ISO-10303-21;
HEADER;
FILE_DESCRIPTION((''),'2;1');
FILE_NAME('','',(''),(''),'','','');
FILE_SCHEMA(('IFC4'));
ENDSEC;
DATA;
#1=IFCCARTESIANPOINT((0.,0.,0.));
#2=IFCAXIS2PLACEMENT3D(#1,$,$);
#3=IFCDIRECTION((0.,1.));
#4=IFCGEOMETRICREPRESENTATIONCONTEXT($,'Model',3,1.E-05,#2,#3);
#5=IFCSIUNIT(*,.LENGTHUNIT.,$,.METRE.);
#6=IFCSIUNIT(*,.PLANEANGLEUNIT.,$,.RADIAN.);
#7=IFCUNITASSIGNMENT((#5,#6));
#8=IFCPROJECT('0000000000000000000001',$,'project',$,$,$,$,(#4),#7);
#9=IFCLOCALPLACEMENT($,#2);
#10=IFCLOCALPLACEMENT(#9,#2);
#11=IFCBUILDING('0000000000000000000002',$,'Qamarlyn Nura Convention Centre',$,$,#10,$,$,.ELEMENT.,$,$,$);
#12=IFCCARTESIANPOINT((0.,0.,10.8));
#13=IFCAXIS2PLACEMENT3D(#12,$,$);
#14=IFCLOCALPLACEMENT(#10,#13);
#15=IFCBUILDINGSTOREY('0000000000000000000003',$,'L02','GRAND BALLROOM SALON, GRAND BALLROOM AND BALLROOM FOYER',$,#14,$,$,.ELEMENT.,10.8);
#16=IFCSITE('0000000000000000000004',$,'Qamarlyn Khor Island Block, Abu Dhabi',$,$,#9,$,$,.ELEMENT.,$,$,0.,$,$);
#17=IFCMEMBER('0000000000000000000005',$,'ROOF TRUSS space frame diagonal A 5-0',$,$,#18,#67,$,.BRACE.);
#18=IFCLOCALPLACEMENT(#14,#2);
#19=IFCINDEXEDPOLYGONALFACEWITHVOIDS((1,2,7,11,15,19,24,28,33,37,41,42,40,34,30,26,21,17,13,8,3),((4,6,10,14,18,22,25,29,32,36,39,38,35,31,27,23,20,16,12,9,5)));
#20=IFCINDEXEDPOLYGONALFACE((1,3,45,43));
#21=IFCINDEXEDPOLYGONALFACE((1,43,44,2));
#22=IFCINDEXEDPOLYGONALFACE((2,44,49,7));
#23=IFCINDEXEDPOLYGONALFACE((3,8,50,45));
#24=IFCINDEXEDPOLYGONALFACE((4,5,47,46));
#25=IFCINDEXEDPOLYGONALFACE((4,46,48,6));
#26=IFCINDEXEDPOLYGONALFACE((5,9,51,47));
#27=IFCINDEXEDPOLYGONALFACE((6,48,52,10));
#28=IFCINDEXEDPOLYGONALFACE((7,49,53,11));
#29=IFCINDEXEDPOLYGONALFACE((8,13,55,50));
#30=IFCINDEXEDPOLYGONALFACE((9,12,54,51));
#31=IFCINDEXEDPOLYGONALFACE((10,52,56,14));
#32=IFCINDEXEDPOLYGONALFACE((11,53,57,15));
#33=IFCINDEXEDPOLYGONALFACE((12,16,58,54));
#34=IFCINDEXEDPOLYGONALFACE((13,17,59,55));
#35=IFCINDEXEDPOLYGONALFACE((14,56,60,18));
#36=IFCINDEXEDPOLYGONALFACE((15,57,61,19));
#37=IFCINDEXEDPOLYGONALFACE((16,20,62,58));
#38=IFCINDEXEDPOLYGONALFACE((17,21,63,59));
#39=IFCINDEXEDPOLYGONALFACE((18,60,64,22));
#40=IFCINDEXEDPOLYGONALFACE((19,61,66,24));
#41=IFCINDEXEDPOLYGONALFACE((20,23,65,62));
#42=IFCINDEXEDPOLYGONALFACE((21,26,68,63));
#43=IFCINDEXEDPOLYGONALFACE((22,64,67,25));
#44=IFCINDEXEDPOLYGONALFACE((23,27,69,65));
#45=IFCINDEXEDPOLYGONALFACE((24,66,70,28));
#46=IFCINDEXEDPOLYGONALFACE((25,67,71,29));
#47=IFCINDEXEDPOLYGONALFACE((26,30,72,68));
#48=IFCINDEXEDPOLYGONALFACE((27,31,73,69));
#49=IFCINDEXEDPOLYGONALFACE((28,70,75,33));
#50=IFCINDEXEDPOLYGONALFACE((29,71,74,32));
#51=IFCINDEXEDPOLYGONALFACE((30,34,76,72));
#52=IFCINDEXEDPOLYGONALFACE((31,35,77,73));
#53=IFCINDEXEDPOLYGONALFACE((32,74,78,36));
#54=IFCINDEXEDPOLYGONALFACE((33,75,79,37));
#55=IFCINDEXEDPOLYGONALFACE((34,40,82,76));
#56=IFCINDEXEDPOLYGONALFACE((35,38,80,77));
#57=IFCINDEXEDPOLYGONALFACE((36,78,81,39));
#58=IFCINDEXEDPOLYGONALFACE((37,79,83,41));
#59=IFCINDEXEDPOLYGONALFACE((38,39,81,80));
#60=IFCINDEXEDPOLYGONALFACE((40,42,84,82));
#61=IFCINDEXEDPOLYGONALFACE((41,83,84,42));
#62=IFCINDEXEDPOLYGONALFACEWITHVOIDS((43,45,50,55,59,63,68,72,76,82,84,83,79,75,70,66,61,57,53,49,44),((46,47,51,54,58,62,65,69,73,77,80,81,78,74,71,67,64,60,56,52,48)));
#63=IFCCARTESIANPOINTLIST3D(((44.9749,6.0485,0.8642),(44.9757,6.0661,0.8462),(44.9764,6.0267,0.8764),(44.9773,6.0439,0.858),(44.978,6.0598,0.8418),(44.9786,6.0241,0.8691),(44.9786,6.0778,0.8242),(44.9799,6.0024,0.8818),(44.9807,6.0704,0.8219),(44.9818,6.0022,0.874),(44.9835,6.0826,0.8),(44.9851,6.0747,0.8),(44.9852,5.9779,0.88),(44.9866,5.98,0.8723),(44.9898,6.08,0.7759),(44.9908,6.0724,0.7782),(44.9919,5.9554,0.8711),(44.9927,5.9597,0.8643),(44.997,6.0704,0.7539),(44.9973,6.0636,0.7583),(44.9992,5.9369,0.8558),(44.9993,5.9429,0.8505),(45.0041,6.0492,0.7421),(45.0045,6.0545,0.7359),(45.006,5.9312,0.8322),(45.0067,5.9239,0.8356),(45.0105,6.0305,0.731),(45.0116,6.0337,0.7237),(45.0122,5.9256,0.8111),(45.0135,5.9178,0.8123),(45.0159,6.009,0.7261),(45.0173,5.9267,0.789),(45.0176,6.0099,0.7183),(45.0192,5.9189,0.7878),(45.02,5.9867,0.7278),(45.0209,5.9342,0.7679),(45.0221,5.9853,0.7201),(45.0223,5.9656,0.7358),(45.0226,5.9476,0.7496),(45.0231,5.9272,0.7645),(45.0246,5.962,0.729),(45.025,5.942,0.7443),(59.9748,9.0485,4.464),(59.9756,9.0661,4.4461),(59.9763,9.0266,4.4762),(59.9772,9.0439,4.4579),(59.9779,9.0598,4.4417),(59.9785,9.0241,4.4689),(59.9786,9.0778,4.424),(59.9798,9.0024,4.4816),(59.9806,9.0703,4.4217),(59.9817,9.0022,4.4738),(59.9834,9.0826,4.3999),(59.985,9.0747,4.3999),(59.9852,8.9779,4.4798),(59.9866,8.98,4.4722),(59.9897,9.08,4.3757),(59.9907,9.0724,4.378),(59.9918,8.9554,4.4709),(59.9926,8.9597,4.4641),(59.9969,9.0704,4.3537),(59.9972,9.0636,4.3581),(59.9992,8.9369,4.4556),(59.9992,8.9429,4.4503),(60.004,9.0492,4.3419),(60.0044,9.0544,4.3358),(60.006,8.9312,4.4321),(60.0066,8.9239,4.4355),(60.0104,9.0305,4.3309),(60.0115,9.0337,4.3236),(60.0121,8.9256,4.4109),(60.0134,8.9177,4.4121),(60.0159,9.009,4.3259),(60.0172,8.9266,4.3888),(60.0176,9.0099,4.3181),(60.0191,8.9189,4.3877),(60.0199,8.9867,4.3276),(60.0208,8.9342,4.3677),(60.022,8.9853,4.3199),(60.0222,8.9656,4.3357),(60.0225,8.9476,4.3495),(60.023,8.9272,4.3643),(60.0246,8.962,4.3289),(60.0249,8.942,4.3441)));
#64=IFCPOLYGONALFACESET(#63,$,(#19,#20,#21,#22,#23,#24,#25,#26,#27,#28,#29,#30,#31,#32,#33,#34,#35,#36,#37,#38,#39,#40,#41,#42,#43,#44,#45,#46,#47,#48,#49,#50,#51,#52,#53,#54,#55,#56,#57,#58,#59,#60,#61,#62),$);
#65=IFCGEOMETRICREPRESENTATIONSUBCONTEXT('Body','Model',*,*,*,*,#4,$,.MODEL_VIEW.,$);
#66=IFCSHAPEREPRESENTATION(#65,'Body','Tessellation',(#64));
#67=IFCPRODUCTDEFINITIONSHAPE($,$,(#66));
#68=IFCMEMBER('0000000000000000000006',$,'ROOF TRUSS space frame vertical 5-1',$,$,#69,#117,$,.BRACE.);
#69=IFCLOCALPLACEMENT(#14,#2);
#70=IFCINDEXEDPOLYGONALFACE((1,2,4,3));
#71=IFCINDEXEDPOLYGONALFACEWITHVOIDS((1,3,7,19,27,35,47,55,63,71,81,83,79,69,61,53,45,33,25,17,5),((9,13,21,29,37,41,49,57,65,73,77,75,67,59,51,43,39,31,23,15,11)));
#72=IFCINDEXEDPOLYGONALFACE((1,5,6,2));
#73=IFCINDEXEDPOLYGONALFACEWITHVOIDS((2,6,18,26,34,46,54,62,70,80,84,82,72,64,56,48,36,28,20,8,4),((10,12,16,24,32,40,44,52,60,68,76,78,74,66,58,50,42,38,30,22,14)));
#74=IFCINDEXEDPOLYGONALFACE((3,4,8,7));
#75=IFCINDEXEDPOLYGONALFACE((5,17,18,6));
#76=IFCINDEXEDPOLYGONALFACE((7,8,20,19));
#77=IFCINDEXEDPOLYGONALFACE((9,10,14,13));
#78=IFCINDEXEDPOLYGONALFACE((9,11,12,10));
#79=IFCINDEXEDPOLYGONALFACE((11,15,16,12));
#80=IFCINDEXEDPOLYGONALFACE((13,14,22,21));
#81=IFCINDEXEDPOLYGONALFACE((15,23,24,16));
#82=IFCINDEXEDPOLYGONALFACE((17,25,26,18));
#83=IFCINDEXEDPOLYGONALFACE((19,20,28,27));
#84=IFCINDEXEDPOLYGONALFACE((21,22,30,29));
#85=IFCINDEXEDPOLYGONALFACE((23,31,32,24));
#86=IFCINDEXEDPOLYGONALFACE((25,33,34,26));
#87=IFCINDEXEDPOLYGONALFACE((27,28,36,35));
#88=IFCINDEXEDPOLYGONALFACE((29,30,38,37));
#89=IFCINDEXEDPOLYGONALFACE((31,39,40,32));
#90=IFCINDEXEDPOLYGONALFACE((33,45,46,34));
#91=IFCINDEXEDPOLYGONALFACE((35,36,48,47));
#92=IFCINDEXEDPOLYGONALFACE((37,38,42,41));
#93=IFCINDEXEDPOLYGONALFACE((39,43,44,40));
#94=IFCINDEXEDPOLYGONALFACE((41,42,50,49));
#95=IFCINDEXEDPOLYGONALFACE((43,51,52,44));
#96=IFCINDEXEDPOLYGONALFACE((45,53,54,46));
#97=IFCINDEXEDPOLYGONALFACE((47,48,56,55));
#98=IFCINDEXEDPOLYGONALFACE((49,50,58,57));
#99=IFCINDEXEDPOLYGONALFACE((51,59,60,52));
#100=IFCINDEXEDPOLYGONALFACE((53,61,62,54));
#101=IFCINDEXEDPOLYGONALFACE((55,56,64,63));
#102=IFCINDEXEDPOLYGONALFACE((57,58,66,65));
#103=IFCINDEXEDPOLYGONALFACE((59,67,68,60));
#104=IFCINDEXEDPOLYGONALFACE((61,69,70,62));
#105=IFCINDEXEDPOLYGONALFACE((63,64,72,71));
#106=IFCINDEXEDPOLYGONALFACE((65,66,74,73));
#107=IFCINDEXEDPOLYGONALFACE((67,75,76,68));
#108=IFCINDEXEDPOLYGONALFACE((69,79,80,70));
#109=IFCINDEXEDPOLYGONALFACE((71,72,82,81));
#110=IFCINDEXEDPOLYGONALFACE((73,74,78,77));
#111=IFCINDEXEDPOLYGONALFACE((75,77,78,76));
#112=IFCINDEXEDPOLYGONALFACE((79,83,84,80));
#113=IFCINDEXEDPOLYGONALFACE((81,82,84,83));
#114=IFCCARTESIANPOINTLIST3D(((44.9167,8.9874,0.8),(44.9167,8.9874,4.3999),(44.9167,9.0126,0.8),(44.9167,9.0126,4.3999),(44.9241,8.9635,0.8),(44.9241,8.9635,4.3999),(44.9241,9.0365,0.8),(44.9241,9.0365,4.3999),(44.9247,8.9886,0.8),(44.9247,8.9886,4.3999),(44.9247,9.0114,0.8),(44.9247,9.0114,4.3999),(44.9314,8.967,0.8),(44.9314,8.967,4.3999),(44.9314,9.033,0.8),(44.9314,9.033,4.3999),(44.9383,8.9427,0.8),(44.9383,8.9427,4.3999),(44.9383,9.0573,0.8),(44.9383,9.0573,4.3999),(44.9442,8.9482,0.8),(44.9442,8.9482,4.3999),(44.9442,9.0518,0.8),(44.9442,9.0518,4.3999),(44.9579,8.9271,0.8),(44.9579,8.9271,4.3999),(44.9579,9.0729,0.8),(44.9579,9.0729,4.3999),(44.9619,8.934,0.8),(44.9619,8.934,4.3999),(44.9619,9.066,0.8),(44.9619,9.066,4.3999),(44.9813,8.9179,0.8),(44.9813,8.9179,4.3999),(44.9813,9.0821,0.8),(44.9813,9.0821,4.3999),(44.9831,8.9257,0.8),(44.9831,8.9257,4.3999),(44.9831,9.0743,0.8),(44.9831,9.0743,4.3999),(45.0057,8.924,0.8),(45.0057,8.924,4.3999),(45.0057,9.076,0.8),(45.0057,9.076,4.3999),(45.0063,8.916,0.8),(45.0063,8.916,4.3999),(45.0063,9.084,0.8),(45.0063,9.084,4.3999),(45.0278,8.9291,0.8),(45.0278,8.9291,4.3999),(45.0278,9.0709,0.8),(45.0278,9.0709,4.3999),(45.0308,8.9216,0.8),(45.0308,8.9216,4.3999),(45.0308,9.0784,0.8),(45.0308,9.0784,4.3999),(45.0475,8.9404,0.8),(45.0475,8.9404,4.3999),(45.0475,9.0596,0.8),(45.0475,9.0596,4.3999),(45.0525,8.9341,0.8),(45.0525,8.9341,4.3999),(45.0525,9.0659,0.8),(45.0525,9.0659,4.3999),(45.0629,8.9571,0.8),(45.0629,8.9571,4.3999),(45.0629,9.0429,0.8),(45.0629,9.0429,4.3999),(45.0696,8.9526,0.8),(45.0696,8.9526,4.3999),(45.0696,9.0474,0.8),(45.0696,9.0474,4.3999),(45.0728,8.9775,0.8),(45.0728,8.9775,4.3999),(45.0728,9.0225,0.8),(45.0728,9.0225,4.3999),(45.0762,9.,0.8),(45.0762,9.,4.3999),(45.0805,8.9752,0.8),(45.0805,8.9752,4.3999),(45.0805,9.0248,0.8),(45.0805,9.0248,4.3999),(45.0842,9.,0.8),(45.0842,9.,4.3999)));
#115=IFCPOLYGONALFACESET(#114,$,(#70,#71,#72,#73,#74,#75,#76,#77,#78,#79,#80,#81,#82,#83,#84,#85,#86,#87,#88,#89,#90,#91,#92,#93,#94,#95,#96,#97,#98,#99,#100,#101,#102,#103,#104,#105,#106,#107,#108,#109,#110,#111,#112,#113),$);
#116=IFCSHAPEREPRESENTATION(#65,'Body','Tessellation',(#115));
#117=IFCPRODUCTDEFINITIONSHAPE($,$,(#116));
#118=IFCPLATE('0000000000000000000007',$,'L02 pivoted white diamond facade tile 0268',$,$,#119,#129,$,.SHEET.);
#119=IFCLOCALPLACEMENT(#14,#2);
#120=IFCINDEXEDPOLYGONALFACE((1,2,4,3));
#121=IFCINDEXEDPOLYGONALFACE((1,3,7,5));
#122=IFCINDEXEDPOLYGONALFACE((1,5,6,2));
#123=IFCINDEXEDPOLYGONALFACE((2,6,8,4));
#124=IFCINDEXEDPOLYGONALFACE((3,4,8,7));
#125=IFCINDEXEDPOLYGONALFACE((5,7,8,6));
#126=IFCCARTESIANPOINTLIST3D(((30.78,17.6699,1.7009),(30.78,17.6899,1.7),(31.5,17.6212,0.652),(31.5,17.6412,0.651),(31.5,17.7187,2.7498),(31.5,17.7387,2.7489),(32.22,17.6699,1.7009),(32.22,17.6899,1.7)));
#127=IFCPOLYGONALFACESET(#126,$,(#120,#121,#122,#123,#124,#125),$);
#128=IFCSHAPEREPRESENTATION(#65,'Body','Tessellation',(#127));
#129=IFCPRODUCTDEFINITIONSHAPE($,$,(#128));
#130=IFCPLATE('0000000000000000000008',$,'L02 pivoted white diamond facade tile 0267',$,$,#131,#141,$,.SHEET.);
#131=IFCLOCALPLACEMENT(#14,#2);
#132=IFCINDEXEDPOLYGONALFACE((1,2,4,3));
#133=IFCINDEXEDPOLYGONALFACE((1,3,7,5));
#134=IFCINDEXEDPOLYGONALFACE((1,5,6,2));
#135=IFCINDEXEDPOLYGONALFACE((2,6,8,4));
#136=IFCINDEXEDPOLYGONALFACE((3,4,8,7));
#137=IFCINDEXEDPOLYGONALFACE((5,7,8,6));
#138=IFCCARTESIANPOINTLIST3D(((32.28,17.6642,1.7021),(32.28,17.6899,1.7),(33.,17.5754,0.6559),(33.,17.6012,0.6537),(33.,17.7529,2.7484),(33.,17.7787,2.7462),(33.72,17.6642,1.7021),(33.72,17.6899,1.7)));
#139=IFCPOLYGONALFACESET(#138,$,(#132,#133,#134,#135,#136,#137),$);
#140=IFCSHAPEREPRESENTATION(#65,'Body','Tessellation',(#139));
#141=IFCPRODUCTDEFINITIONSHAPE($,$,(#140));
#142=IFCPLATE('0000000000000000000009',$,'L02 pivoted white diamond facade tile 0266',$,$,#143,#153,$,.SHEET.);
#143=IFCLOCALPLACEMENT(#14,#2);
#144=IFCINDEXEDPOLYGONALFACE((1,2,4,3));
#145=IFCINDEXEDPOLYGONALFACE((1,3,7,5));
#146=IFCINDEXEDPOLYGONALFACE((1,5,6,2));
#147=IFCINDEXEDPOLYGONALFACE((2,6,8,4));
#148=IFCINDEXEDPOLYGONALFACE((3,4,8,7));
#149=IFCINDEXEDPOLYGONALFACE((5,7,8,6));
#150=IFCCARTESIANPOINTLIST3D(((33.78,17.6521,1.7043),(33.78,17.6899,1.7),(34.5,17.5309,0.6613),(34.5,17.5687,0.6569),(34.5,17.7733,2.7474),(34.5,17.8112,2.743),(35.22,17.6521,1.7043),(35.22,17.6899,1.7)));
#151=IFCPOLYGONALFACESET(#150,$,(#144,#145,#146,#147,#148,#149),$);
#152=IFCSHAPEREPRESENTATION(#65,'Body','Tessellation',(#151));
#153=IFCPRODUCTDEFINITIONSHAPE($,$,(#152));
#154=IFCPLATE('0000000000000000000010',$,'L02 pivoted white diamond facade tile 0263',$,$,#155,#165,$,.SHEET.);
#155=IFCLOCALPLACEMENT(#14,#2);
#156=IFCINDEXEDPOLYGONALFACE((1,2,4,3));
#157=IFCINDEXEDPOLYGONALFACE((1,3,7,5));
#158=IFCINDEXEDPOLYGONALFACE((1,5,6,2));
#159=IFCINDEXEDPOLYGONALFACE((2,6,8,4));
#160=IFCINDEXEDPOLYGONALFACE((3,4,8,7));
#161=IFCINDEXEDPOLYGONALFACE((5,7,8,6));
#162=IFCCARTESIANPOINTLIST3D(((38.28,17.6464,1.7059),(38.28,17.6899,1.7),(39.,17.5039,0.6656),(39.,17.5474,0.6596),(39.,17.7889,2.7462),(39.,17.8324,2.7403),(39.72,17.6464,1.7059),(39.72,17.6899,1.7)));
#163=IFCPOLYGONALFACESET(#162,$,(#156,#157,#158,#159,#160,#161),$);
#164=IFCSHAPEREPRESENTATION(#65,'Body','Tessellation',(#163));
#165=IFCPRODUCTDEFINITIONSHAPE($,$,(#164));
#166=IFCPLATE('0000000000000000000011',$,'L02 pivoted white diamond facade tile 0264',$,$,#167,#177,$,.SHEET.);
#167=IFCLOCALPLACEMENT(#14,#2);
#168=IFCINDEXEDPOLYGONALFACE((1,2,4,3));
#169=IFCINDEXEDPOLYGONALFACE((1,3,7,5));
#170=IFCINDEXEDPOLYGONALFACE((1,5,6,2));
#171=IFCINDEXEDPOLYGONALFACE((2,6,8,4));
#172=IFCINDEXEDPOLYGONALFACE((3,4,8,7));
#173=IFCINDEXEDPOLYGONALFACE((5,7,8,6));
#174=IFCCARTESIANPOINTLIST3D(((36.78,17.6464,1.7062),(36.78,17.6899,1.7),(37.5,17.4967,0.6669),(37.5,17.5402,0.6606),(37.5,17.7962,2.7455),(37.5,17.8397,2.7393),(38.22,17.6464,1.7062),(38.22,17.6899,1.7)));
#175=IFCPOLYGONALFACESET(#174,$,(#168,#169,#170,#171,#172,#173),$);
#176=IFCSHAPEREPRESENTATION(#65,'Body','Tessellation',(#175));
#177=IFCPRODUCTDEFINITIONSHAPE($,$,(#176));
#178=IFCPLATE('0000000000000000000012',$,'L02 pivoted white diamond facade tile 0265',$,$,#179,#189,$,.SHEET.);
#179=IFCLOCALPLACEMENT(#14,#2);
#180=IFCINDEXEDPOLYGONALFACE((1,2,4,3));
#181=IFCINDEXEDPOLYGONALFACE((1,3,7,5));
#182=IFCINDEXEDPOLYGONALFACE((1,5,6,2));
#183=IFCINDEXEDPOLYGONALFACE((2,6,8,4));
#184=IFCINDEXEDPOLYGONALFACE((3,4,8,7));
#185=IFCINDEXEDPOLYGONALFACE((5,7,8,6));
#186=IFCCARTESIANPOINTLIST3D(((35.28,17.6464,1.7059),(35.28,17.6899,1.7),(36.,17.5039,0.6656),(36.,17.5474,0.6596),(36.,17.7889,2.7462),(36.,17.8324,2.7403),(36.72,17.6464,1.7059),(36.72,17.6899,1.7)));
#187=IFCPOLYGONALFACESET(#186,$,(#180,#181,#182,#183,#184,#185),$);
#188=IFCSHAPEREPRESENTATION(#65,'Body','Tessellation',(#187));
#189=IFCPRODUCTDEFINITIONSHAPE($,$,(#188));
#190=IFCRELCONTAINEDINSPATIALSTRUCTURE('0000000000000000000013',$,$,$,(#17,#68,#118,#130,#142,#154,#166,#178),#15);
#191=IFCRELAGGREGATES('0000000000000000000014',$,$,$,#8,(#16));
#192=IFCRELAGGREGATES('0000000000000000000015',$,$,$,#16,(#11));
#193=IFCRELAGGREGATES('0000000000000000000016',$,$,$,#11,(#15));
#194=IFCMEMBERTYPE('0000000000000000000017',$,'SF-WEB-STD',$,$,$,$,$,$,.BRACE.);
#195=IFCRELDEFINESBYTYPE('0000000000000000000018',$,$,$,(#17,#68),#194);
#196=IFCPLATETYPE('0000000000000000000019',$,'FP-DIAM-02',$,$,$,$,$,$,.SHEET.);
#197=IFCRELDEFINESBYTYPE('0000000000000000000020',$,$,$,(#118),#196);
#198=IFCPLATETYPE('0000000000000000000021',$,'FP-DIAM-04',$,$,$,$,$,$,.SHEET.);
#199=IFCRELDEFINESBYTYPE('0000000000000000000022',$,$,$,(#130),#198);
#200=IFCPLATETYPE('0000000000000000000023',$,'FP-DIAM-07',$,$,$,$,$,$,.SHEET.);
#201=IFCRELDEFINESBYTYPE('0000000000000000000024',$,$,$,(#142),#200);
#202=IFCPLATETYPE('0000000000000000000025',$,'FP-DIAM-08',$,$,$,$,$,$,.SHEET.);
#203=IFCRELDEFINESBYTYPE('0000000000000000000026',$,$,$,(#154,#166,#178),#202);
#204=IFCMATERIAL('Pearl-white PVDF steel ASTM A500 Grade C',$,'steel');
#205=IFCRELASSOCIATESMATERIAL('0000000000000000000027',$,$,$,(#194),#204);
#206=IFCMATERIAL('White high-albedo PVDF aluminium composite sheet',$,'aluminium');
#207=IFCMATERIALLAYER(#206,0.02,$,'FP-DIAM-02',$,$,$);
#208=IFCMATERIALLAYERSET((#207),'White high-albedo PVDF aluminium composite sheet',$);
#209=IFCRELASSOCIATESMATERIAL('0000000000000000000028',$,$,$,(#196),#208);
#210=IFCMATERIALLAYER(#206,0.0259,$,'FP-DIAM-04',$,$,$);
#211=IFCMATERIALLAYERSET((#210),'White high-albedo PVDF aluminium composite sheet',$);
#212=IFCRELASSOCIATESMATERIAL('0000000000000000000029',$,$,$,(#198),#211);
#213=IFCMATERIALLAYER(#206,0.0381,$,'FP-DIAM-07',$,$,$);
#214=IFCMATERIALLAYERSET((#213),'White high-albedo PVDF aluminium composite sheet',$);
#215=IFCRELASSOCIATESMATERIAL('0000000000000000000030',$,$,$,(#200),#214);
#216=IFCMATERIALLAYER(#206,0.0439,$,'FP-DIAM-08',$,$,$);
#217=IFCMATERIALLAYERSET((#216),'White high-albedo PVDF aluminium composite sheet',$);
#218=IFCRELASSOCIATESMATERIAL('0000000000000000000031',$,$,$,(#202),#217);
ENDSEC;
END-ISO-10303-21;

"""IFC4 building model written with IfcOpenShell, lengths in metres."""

from ifc_helpers import new_model, si_unit, direction, frame, origin, origin_2d, place, context, subcontext, project, spatial, polyline, hollow_circle, outline, extrude, material, layer, layer_set, material_profile, profile_set, type_object, element, save


model = new_model("IFC4")

# Units and contexts
model_context = context("Model", 3, precision=1e-05, world=origin(), true_north=direction((0.0, 1.0)))
body_context = subcontext(model_context, "Body", "Model", "MODEL_VIEW")
ifc_project = project(units=[si_unit("LENGTHUNIT", "METRE"), si_unit("PLANEANGLEUNIT", "RADIAN")], contexts=[model_context])

# Site, building, storey
site_placement = place(None, origin())
site = spatial("IfcSite", under=ifc_project, at=site_placement, Name="Qamarlyn Khor Island Block, Abu Dhabi", CompositionType="ELEMENT", RefElevation=0.0)
building_placement = place(site_placement, origin())
building = spatial("IfcBuilding", under=site, at=building_placement, Name="Qamarlyn Nura Convention Centre", CompositionType="ELEMENT")
storey_placement = place(building_placement, frame((0.0, 0.0, 10.8)))
storey = spatial("IfcBuildingStorey", under=building, at=storey_placement, Name="L02", Description="GRAND BALLROOM SALON, GRAND BALLROOM AND BALLROOM FOYER", CompositionType="ELEMENT", Elevation=10.8)

# Members
ifc_material_1 = material(Name="Pearl-white PVDF steel ASTM A500 Grade C", Category="steel")
ifc_material_profile_1 = material_profile(ifc_material_1, hollow_circle(Radius=0.0842, WallThickness=0.0081, at=origin_2d()), Name="CHS168.3X8")
ifc_profile_set_1 = profile_set([ifc_material_profile_1], Name="Pearl-white PVDF steel ASTM A500 Grade C")
member_type_1 = type_object("IfcMemberType", Name="SF-WEB-STD", PredefinedType="BRACE", material=ifc_profile_set_1)
member_1_placement = place(storey_placement, frame((45.0, 6.0, 0.8), z_axis=(0.954506, 0.190901, 0.229072), x_axis=(-0.196116, 0.980581, 0.0)))
element("IfcMember", 1, at=member_1_placement, inside=storey, type_object=member_type_1, Name="ROOF TRUSS space frame diagonal A 5-0", PredefinedType="BRACE", context=body_context, shape_type="SweptSolid", body=[
    extrude(hollow_circle(Radius=0.0842, WallThickness=0.0081, at=origin_2d()), origin(), (0.0, 0.0, 1.0), 15.7148),
])
member_2_placement = place(storey_placement, frame((45.0, 9.0, 0.8), z_axis=(0.0, 0.0, 1.0), x_axis=(1.0, 0.0, 0.0)))
element("IfcMember", 2, at=member_2_placement, inside=storey, type_object=member_type_1, Name="ROOF TRUSS space frame vertical 5-1", PredefinedType="BRACE", context=body_context, shape_type="SweptSolid", body=[
    extrude(hollow_circle(Radius=0.0842, WallThickness=0.0081, at=origin_2d()), origin(), (0.0, 0.0, 1.0), 3.5999),
])

# Plates
ifc_material_2 = material(Name="White high-albedo PVDF aluminium composite sheet", Category="aluminium")
ifc_layer_1 = layer(ifc_material_2, 0.02, Name="FP-DIAM-02")
ifc_layer_set_1 = layer_set([ifc_layer_1], Name="White high-albedo PVDF aluminium composite sheet")
plate_type_1 = type_object("IfcPlateType", Name="FP-DIAM-02", PredefinedType="SHEET", material=ifc_layer_set_1)
plate_1_placement = place(storey_placement, frame((31.5, 17.6899, 1.7), z_axis=(0.0, -0.998923, 0.046409), x_axis=(1.0, 0.0, 0.0)))
element("IfcPlate", 3, at=plate_1_placement, inside=storey, type_object=plate_type_1, Name="L02 pivoted white diamond facade tile 0268", PredefinedType="SHEET", context=body_context, shape_type="SweptSolid", body=[
    extrude(outline(polyline([(-0.72, 0.0), (0.0, -1.05), (0.72, 0.0), (0.0, 1.05), (-0.72, 0.0)])), origin(), (0.0, 0.0, 1.0), 0.02),
])
ifc_layer_2 = layer(ifc_material_2, 0.0259, Name="FP-DIAM-04")
ifc_layer_set_2 = layer_set([ifc_layer_2], Name="White high-albedo PVDF aluminium composite sheet")
plate_type_2 = type_object("IfcPlateType", Name="FP-DIAM-04", PredefinedType="SHEET", material=ifc_layer_set_2)
plate_2_placement = place(storey_placement, frame((33.0, 17.6899, 1.7), z_axis=(0.0, -0.996419, 0.084547), x_axis=(1.0, 0.0, 0.0)))
element("IfcPlate", 4, at=plate_2_placement, inside=storey, type_object=plate_type_2, Name="L02 pivoted white diamond facade tile 0267", PredefinedType="SHEET", context=body_context, shape_type="SweptSolid", body=[
    extrude(outline(polyline([(-0.72, 0.0), (0.0, -1.05), (0.72, 0.0), (0.0, 1.05), (-0.72, 0.0)])), origin(), (0.0, 0.0, 1.0), 0.0259),
])
ifc_layer_3 = layer(ifc_material_2, 0.0381, Name="FP-DIAM-07")
ifc_layer_set_3 = layer_set([ifc_layer_3], Name="White high-albedo PVDF aluminium composite sheet")
plate_type_3 = type_object("IfcPlateType", Name="FP-DIAM-07", PredefinedType="SHEET", material=ifc_layer_set_3)
plate_3_placement = place(storey_placement, frame((34.5, 17.6899, 1.7), z_axis=(0.0, -0.993312, 0.115457), x_axis=(1.0, 0.0, 0.0)))
element("IfcPlate", 5, at=plate_3_placement, inside=storey, type_object=plate_type_3, Name="L02 pivoted white diamond facade tile 0266", PredefinedType="SHEET", context=body_context, shape_type="SweptSolid", body=[
    extrude(outline(polyline([(-0.72, 0.0), (0.0, -1.05), (0.72, 0.0), (0.0, 1.05), (-0.72, 0.0)])), origin(), (0.0, 0.0, 1.0), 0.0381),
])
ifc_layer_4 = layer(ifc_material_2, 0.0439, Name="FP-DIAM-08")
ifc_layer_set_4 = layer_set([ifc_layer_4], Name="White high-albedo PVDF aluminium composite sheet")
plate_type_4 = type_object("IfcPlateType", Name="FP-DIAM-08", PredefinedType="SHEET", material=ifc_layer_set_4)
for number, where, z_axis, x_axis, name in (
    (6, (39.0, 17.6899, 1.7), (0.0, -0.990748, 0.135716), (1.0, 0.0, 0.0), "L02 pivoted white diamond facade tile 0263"),
    (7, (37.5, 17.6899, 1.7), (0.0, -0.989776, 0.142629), (1.0, 0.0, 0.0), "L02 pivoted white diamond facade tile 0264"),
    (8, (36.0, 17.6899, 1.7), (0.0, -0.990748, 0.135716), (1.0, 0.0, 0.0), "L02 pivoted white diamond facade tile 0265"),
):
    element("IfcPlate", number, at=place(storey_placement, frame(where, z_axis=z_axis, x_axis=x_axis)), inside=storey, type_object=plate_type_4, Name=name, PredefinedType="SHEET", context=body_context, shape_type="SweptSolid", body=[
        extrude(outline(polyline([(-0.72, 0.0), (0.0, -1.05), (0.72, 0.0), (0.0, 1.05), (-0.72, 0.0)])), origin(), (0.0, 0.0, 1.0), 0.0439),
    ])

save(model, "model.ifc")
